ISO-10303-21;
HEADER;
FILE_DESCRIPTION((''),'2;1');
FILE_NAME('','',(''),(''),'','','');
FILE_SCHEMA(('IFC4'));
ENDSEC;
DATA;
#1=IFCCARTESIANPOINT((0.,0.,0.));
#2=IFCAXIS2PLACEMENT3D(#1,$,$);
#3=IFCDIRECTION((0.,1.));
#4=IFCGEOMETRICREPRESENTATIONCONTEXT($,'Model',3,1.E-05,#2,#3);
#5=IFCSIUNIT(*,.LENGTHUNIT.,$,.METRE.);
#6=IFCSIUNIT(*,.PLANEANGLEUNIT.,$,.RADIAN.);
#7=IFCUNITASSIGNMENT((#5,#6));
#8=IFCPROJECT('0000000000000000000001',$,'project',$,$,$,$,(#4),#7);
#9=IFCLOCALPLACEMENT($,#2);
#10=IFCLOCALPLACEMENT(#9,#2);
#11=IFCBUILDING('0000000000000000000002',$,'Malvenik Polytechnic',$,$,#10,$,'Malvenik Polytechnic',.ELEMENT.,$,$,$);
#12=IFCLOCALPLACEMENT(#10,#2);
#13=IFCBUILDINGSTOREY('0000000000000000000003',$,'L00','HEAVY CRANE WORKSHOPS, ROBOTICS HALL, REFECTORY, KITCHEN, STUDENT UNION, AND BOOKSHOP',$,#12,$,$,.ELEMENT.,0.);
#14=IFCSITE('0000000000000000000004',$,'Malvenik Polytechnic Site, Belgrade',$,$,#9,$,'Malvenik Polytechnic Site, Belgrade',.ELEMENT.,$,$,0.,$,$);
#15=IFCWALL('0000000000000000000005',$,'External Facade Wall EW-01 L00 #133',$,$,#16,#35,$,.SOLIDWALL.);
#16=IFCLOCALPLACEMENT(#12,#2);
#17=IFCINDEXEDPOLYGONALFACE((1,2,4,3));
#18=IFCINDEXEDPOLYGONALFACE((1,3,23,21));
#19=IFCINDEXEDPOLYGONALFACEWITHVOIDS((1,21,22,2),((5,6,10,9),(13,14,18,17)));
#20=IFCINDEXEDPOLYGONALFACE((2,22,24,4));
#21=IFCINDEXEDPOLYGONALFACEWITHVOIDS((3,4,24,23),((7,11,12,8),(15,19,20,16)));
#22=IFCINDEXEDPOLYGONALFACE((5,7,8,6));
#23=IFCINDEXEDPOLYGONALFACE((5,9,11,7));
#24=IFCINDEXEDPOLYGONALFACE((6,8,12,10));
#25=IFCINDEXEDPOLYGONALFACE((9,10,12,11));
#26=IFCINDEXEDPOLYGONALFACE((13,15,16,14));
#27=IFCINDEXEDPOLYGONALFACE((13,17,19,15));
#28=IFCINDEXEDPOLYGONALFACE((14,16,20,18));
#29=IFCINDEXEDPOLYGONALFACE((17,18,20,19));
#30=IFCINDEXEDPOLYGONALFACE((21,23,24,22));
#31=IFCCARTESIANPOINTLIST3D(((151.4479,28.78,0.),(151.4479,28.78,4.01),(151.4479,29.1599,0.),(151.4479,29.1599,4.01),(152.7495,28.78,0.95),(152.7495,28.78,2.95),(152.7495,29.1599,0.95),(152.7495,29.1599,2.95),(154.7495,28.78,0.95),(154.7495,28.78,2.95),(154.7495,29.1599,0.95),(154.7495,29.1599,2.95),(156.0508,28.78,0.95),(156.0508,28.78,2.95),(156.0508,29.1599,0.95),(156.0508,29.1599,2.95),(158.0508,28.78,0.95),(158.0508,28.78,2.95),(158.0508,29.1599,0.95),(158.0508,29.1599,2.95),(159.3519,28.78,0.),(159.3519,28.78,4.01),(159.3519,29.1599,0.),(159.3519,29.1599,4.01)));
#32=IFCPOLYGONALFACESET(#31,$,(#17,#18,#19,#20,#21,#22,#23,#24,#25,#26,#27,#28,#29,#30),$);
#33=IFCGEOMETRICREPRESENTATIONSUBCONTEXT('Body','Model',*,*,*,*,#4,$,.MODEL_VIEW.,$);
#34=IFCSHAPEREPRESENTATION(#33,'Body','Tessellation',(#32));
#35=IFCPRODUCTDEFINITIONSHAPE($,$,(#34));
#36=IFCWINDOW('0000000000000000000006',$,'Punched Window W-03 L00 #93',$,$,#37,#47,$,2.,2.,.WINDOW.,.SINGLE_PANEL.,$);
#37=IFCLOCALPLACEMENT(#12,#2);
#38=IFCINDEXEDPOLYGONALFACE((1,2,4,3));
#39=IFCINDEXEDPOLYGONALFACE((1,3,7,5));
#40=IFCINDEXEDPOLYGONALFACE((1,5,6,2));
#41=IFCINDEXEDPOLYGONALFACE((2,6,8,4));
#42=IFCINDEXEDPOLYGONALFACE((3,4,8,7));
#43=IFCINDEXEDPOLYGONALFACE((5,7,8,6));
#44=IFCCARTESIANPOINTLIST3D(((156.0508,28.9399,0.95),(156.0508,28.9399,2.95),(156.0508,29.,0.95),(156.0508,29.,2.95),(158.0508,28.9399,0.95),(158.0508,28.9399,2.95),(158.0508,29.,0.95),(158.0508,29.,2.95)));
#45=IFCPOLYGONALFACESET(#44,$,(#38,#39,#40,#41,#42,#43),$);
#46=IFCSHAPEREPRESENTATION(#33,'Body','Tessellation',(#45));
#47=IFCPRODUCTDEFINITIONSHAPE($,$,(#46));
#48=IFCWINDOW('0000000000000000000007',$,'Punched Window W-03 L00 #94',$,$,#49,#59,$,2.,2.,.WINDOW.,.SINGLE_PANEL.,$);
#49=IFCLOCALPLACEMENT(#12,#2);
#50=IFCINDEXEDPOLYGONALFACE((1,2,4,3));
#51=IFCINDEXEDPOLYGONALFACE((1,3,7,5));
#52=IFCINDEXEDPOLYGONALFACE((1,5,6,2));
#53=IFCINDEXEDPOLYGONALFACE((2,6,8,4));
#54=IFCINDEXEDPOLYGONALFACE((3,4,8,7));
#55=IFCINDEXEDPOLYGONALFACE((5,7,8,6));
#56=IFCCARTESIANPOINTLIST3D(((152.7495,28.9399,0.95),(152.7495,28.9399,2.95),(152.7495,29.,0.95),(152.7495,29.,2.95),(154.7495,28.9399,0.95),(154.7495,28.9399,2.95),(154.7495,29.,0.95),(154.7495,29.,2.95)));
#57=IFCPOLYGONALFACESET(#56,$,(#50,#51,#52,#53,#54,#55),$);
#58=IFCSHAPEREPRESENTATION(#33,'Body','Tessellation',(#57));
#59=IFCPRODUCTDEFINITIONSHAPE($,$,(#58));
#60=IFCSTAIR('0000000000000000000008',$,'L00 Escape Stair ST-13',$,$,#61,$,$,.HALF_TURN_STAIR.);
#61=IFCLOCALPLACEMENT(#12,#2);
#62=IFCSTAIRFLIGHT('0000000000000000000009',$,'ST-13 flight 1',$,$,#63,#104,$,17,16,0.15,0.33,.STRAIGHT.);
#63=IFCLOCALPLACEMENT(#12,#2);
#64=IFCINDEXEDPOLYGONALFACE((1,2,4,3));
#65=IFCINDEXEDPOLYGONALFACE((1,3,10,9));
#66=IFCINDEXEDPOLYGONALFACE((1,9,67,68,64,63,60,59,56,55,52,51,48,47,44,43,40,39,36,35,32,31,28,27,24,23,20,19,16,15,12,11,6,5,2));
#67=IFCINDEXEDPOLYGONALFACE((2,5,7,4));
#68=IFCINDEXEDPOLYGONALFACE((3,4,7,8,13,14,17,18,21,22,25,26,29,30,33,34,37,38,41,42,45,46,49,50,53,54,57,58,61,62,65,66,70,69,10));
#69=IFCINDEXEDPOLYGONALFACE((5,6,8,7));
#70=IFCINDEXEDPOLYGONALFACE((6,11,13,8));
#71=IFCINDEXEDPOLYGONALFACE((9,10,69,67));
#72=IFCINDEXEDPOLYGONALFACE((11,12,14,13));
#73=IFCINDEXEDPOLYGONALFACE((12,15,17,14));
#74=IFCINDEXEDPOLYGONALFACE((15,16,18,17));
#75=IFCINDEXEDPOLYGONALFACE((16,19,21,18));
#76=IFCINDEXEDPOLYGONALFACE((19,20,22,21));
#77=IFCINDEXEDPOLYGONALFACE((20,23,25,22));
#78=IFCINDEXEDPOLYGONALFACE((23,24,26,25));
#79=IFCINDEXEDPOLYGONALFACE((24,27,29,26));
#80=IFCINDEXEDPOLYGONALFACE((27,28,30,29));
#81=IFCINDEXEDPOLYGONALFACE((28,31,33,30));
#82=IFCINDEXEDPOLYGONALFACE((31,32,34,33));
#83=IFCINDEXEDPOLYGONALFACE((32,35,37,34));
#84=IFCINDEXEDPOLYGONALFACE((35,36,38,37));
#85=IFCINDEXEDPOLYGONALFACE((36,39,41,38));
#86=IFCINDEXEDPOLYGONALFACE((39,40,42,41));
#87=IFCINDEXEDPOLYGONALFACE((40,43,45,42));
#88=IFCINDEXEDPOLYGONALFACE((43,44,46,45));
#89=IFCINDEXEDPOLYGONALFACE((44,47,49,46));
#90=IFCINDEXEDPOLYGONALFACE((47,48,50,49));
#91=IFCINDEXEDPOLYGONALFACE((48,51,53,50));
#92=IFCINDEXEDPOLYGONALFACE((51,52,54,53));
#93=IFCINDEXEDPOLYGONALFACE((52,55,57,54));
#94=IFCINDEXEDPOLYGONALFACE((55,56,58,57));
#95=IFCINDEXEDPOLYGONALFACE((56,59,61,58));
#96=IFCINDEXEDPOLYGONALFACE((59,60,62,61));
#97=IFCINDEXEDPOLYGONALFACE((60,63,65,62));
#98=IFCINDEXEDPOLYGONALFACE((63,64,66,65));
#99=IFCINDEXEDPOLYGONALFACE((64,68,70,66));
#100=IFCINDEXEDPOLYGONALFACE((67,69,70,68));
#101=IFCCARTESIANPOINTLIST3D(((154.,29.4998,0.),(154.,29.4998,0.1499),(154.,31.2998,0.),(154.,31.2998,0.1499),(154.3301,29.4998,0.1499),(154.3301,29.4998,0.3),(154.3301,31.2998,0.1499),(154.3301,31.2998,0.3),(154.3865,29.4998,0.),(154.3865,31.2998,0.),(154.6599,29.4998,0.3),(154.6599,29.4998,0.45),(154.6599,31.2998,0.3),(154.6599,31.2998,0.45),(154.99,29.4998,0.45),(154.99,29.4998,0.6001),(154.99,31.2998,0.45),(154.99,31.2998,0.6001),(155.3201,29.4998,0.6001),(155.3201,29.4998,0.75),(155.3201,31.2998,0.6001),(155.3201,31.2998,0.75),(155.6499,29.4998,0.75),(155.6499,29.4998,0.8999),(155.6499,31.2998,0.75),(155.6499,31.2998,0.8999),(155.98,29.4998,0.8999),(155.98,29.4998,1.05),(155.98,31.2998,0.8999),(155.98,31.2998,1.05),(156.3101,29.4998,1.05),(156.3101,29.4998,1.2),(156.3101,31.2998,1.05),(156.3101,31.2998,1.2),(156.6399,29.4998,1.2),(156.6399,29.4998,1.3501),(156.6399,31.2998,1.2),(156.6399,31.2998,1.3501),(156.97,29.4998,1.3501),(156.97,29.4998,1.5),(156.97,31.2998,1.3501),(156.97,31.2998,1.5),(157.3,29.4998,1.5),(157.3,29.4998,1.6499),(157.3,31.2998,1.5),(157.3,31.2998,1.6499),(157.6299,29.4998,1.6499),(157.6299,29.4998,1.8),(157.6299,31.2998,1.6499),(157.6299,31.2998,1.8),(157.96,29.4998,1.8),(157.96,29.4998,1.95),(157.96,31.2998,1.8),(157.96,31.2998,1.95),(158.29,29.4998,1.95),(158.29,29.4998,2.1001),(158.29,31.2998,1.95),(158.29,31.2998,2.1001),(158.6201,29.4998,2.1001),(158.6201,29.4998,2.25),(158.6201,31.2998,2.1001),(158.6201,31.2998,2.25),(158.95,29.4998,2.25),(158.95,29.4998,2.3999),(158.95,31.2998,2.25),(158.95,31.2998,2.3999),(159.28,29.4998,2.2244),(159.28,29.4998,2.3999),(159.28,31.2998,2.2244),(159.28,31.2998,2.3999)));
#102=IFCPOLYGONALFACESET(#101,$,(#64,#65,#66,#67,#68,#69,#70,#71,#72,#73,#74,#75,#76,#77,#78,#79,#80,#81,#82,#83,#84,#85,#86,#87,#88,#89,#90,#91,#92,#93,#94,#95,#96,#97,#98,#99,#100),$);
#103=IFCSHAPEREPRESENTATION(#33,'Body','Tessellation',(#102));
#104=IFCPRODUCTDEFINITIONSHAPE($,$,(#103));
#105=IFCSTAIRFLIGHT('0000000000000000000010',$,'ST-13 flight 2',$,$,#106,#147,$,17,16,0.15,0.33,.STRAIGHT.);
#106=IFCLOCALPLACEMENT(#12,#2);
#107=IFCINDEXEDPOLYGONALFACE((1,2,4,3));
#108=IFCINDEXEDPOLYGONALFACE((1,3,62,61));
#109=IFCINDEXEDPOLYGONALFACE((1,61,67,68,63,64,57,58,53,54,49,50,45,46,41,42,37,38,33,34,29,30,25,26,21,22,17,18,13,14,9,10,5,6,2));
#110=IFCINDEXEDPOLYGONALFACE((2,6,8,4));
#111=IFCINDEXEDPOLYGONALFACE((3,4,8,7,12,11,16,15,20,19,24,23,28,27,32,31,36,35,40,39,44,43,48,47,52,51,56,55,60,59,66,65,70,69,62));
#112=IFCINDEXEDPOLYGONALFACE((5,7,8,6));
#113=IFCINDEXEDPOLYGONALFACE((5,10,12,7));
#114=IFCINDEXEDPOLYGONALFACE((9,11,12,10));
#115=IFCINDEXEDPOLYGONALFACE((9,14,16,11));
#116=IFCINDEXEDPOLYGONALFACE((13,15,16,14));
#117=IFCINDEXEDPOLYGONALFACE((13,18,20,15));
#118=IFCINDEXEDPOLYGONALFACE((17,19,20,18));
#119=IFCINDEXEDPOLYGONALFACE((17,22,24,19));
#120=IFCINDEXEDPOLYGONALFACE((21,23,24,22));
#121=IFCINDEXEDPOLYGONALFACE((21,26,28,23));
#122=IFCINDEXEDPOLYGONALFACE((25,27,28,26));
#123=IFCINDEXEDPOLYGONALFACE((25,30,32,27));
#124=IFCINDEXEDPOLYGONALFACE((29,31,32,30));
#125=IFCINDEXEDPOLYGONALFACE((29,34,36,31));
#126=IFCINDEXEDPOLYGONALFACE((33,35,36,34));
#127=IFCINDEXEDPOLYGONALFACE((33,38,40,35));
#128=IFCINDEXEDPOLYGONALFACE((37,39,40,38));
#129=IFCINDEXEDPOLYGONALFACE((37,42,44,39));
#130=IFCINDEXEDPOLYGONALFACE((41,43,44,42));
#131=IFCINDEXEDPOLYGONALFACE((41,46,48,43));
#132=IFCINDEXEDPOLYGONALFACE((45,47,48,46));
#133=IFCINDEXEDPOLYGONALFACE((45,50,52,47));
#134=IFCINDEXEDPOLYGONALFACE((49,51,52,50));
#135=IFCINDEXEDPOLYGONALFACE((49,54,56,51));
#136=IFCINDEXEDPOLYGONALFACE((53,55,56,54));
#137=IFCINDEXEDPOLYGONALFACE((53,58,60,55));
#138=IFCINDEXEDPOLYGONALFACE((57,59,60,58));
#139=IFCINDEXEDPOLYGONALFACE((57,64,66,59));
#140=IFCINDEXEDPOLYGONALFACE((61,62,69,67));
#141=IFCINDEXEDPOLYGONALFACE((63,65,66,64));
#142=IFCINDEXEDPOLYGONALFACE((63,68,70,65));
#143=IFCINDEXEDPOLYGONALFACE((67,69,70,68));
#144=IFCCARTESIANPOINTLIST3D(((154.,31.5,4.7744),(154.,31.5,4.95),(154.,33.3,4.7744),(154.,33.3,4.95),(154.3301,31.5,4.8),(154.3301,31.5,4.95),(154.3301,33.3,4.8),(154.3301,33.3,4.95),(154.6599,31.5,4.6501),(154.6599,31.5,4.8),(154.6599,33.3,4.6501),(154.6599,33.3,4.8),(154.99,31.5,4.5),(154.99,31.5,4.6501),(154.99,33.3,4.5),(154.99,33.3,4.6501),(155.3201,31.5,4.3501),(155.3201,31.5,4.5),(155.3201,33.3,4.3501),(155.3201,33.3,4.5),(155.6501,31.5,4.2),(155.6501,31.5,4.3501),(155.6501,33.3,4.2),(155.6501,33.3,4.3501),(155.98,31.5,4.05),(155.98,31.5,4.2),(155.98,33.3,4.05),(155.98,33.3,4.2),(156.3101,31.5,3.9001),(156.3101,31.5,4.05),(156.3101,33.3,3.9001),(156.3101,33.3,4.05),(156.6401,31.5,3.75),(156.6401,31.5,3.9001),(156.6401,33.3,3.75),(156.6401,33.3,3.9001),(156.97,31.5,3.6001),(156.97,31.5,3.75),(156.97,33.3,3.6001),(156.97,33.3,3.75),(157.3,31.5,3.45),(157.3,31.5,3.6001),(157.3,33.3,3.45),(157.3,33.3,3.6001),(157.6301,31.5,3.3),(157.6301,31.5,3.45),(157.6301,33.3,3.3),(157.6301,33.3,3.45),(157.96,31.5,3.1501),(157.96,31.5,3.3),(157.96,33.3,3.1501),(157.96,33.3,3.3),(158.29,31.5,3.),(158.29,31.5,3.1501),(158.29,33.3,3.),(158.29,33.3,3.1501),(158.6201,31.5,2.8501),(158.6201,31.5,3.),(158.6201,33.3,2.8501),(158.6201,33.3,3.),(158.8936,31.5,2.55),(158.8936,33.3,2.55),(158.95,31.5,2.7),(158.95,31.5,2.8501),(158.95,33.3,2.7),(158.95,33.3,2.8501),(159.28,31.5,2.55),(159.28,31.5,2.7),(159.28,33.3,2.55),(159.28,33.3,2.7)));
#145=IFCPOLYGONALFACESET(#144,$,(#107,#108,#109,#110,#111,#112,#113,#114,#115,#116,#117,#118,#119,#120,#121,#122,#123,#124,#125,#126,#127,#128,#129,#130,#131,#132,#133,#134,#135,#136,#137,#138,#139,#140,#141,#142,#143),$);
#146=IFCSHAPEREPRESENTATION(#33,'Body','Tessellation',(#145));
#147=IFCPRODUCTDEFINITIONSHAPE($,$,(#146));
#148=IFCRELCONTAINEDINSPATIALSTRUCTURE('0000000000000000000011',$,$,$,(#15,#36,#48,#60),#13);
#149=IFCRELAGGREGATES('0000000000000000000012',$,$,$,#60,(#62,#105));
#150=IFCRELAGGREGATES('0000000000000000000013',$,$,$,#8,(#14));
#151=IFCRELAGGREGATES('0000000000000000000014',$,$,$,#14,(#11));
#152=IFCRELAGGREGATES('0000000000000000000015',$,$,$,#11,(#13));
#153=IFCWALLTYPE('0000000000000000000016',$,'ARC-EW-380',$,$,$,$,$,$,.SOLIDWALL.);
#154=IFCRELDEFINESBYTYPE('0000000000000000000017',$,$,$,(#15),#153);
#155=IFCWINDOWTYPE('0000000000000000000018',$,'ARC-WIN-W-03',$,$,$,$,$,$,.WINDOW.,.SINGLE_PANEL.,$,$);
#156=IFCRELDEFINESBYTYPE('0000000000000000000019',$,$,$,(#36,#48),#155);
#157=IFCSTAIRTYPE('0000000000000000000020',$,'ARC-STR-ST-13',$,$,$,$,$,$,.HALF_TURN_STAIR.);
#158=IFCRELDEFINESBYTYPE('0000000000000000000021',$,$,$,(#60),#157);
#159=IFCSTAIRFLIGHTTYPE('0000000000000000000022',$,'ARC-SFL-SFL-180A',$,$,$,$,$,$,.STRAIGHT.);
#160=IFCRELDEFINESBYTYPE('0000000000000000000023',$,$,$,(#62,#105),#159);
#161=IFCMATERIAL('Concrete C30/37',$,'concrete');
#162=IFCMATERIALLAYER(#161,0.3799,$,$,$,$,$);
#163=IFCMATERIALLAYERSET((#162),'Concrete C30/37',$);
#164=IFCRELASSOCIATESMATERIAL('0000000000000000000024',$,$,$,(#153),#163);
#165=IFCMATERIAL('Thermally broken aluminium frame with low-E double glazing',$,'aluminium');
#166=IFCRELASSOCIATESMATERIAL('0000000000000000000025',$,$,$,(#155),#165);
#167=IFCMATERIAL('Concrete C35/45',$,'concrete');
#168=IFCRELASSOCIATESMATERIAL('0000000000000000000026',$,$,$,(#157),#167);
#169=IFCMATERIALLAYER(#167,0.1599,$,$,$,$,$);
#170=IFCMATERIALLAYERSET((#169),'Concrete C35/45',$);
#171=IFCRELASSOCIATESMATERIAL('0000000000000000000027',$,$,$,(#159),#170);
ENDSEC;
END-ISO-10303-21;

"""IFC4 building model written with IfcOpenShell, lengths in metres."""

from ifc_helpers import new_model, si_unit, direction, frame, frame_2d, origin, place, context, subcontext, project, spatial, polyline, rectangle, outline, extrude, material, layer, layer_set, type_object, element, fill, aggregate, save


model = new_model("IFC4")

# Units and contexts
model_context = context("Model", 3, precision=1e-05, world=origin(), true_north=direction((0.0, 1.0)))
body_context = subcontext(model_context, "Body", "Model", "MODEL_VIEW")
ifc_project = project(units=[si_unit("LENGTHUNIT", "METRE"), si_unit("PLANEANGLEUNIT", "RADIAN")], contexts=[model_context])

# Site, building, storey
site_placement = place(None, origin())
site = spatial("IfcSite", under=ifc_project, at=site_placement, Name="Malvenik Polytechnic Site, Belgrade", LongName="Malvenik Polytechnic Site, Belgrade", CompositionType="ELEMENT", RefElevation=0.0)
building_placement = place(site_placement, origin())
building = spatial("IfcBuilding", under=site, at=building_placement, Name="Malvenik Polytechnic", LongName="Malvenik Polytechnic", CompositionType="ELEMENT")
storey_placement = place(building_placement, origin())
storey = spatial("IfcBuildingStorey", under=building, at=storey_placement, Name="L00", Description="HEAVY CRANE WORKSHOPS, ROBOTICS HALL, REFECTORY, KITCHEN, STUDENT UNION, AND BOOKSHOP", CompositionType="ELEMENT", Elevation=0.0)

# Shared definitions
ifc_material_1 = material(Name="Concrete C35/45", Category="concrete")

# Wall, openings, windows
ifc_material_2 = material(Name="Concrete C30/37", Category="concrete")
ifc_layer_1 = layer(ifc_material_2, 0.3799)
ifc_layer_set_1 = layer_set([ifc_layer_1], Name="Concrete C30/37")
wall_type_1 = type_object("IfcWallType", Name="ARC-EW-380", PredefinedType="SOLIDWALL", material=ifc_layer_set_1)
wall_1_placement = place(storey_placement, frame((159.3521, 28.97, 0.0), z_axis=(0.0, 0.0, 1.0), x_axis=(-1.0, 0.0, 0.0)))
wall_1 = element("IfcWall", 1, at=wall_1_placement, inside=storey, type_object=wall_type_1, Name="External Facade Wall EW-01 L00 #133", PredefinedType="SOLIDWALL", context=body_context, shape_type="SweptSolid", body=[
    extrude(rectangle(XDim=7.9041, YDim=0.3799, at=frame_2d((3.9521, 0.0))), origin(), (0.0, 0.0, 1.0), 4.01),
])
opening_1_placement = place(wall_1_placement, frame((1.3013, 0.0, 0.95)))
opening_1 = element("IfcOpeningElement", 2, at=opening_1_placement, cuts=wall_1, PredefinedType="OPENING", context=body_context, shape_type="SweptSolid", body=[
    extrude(rectangle(XDim=2.0, YDim=2.0, at=frame_2d((1.0, 1.0))), frame((0.0, 0.2, 0.0), z_axis=(0.0, -1.0, 0.0), x_axis=(1.0, 0.0, 0.0)), (0.0, 0.0, 1.0), 0.3999),
])
opening_2_placement = place(wall_1_placement, frame((4.6025, 0.0, 0.95)))
opening_2 = element("IfcOpeningElement", 3, at=opening_2_placement, cuts=wall_1, PredefinedType="OPENING", context=body_context, shape_type="SweptSolid", body=[
    extrude(rectangle(XDim=2.0, YDim=2.0, at=frame_2d((1.0, 1.0))), frame((0.0, 0.2, 0.0), z_axis=(0.0, -1.0, 0.0), x_axis=(1.0, 0.0, 0.0)), (0.0, 0.0, 1.0), 0.3999),
])
ifc_material_3 = material(Name="Thermally broken aluminium frame with low-E double glazing", Category="aluminium")
window_type = type_object("IfcWindowType", Name="ARC-WIN-W-03", PartitioningType="SINGLE_PANEL", PredefinedType="WINDOW", material=ifc_material_3)
window_1_placement = place(opening_1_placement, origin())
window_1 = element("IfcWindow", 4, at=window_1_placement, inside=storey, type_object=window_type, Name="Punched Window W-03 L00 #93", OverallHeight=2.0, OverallWidth=2.0, PartitioningType="SINGLE_PANEL", PredefinedType="WINDOW", context=body_context, shape_type="SweptSolid", body=[
    extrude(rectangle(XDim=2.0, YDim=2.0, at=frame_2d((1.0, 1.0))), frame((0.0, 0.03, 0.0), z_axis=(0.0, -1.0, 0.0), x_axis=(1.0, 0.0, 0.0)), (0.0, 0.0, 1.0), 0.0601),
])
fill(opening_1, window_1)
window_2_placement = place(opening_2_placement, origin())
window_2 = element("IfcWindow", 5, at=window_2_placement, inside=storey, type_object=window_type, Name="Punched Window W-03 L00 #94", OverallHeight=2.0, OverallWidth=2.0, PartitioningType="SINGLE_PANEL", PredefinedType="WINDOW", context=body_context, shape_type="SweptSolid", body=[
    extrude(rectangle(XDim=2.0, YDim=2.0, at=frame_2d((1.0, 1.0))), frame((0.0, 0.03, 0.0), z_axis=(0.0, -1.0, 0.0), x_axis=(1.0, 0.0, 0.0)), (0.0, 0.0, 1.0), 0.0601),
])
fill(opening_2, window_2)

# Stair, stair flights
stair_type = type_object("IfcStairType", Name="ARC-STR-ST-13", PredefinedType="HALF_TURN_STAIR", material=ifc_material_1)
stair_placement = place(storey_placement, origin())
stair = element("IfcStair", 6, at=stair_placement, inside=storey, type_object=stair_type, Name="L00 Escape Stair ST-13", PredefinedType="HALF_TURN_STAIR")
ifc_layer_2 = layer(ifc_material_1, 0.1599)
ifc_layer_set_2 = layer_set([ifc_layer_2], Name="Concrete C35/45")
stair_flight_type = type_object("IfcStairFlightType", Name="ARC-SFL-SFL-180A", PredefinedType="STRAIGHT", material=ifc_layer_set_2)
stair_flight_1_placement = place(storey_placement, frame((154.0, 30.3999, 0.0), z_axis=(0.0, 0.0, 1.0), x_axis=(1.0, 0.0, 0.0)))
stair_flight_1 = element("IfcStairFlight", 7, at=stair_flight_1_placement, type_object=stair_flight_type, Name="ST-13 flight 1", NumberOfRisers=17, NumberOfTreads=16, PredefinedType="STRAIGHT", RiserHeight=0.15, TreadLength=0.33, context=body_context, shape_type="SweptSolid", body=[
    extrude(outline(polyline([(0.0, 0.0), (0.0, 0.1499), (0.3301, 0.1499), (0.3301, 0.3), (0.6599, 0.3), (0.6599, 0.45), (0.99, 0.45), (0.99, 0.6001), (1.3201, 0.6001), (1.3201, 0.75), (1.6499, 0.75), (1.6499, 0.8999), (1.98, 0.8999), (1.98, 1.05), (2.3101, 1.05), (2.3101, 1.2), (2.6399, 1.2), (2.6399, 1.3501), (2.97, 1.3501), (2.97, 1.5), (3.3, 1.5), (3.3, 1.6499), (3.6299, 1.6499), (3.6299, 1.8), (3.96, 1.8), (3.96, 1.95), (4.29, 1.95), (4.29, 2.1001), (4.6201, 2.1001), (4.6201, 2.25), (4.95, 2.25), (4.95, 2.3999), (5.28, 2.3999), (5.28, 2.55), (5.28, 2.2244), (0.3865, 0.0), (0.0, 0.0)])), frame((0.0, 0.8999, 0.0), z_axis=(0.0, -1.0, 0.0), x_axis=(1.0, 0.0, 0.0)), (0.0, 0.0, 1.0), 1.8),
])
stair_flight_2_placement = place(storey_placement, frame((159.28, 32.3999, 2.55), z_axis=(0.0, 0.0, 1.0), x_axis=(-1.0, 0.0, 0.0)))
stair_flight_2 = element("IfcStairFlight", 8, at=stair_flight_2_placement, type_object=stair_flight_type, Name="ST-13 flight 2", NumberOfRisers=17, NumberOfTreads=16, PredefinedType="STRAIGHT", RiserHeight=0.15, TreadLength=0.33, context=body_context, shape_type="SweptSolid", body=[
    extrude(outline(polyline([(0.0, 0.0), (0.0, 0.1499), (0.3301, 0.1499), (0.3301, 0.3), (0.6599, 0.3), (0.6599, 0.45), (0.99, 0.45), (0.99, 0.6001), (1.3201, 0.6001), (1.3201, 0.75), (1.6499, 0.75), (1.6499, 0.8999), (1.98, 0.8999), (1.98, 1.05), (2.3101, 1.05), (2.3101, 1.2), (2.6399, 1.2), (2.6399, 1.3501), (2.97, 1.3501), (2.97, 1.5), (3.3, 1.5), (3.3, 1.6499), (3.6299, 1.6499), (3.6299, 1.8), (3.96, 1.8), (3.96, 1.95), (4.29, 1.95), (4.29, 2.1001), (4.6201, 2.1001), (4.6201, 2.25), (4.95, 2.25), (4.95, 2.3999), (5.28, 2.3999), (5.28, 2.55), (5.28, 2.2244), (0.3865, 0.0), (0.0, 0.0)])), frame((0.0, 0.8999, 0.0), z_axis=(0.0, -1.0, 0.0), x_axis=(1.0, 0.0, 0.0)), (0.0, 0.0, 1.0), 1.8),
])
aggregate(stair, [stair_flight_1, stair_flight_2])

save(model, "model.ifc")
